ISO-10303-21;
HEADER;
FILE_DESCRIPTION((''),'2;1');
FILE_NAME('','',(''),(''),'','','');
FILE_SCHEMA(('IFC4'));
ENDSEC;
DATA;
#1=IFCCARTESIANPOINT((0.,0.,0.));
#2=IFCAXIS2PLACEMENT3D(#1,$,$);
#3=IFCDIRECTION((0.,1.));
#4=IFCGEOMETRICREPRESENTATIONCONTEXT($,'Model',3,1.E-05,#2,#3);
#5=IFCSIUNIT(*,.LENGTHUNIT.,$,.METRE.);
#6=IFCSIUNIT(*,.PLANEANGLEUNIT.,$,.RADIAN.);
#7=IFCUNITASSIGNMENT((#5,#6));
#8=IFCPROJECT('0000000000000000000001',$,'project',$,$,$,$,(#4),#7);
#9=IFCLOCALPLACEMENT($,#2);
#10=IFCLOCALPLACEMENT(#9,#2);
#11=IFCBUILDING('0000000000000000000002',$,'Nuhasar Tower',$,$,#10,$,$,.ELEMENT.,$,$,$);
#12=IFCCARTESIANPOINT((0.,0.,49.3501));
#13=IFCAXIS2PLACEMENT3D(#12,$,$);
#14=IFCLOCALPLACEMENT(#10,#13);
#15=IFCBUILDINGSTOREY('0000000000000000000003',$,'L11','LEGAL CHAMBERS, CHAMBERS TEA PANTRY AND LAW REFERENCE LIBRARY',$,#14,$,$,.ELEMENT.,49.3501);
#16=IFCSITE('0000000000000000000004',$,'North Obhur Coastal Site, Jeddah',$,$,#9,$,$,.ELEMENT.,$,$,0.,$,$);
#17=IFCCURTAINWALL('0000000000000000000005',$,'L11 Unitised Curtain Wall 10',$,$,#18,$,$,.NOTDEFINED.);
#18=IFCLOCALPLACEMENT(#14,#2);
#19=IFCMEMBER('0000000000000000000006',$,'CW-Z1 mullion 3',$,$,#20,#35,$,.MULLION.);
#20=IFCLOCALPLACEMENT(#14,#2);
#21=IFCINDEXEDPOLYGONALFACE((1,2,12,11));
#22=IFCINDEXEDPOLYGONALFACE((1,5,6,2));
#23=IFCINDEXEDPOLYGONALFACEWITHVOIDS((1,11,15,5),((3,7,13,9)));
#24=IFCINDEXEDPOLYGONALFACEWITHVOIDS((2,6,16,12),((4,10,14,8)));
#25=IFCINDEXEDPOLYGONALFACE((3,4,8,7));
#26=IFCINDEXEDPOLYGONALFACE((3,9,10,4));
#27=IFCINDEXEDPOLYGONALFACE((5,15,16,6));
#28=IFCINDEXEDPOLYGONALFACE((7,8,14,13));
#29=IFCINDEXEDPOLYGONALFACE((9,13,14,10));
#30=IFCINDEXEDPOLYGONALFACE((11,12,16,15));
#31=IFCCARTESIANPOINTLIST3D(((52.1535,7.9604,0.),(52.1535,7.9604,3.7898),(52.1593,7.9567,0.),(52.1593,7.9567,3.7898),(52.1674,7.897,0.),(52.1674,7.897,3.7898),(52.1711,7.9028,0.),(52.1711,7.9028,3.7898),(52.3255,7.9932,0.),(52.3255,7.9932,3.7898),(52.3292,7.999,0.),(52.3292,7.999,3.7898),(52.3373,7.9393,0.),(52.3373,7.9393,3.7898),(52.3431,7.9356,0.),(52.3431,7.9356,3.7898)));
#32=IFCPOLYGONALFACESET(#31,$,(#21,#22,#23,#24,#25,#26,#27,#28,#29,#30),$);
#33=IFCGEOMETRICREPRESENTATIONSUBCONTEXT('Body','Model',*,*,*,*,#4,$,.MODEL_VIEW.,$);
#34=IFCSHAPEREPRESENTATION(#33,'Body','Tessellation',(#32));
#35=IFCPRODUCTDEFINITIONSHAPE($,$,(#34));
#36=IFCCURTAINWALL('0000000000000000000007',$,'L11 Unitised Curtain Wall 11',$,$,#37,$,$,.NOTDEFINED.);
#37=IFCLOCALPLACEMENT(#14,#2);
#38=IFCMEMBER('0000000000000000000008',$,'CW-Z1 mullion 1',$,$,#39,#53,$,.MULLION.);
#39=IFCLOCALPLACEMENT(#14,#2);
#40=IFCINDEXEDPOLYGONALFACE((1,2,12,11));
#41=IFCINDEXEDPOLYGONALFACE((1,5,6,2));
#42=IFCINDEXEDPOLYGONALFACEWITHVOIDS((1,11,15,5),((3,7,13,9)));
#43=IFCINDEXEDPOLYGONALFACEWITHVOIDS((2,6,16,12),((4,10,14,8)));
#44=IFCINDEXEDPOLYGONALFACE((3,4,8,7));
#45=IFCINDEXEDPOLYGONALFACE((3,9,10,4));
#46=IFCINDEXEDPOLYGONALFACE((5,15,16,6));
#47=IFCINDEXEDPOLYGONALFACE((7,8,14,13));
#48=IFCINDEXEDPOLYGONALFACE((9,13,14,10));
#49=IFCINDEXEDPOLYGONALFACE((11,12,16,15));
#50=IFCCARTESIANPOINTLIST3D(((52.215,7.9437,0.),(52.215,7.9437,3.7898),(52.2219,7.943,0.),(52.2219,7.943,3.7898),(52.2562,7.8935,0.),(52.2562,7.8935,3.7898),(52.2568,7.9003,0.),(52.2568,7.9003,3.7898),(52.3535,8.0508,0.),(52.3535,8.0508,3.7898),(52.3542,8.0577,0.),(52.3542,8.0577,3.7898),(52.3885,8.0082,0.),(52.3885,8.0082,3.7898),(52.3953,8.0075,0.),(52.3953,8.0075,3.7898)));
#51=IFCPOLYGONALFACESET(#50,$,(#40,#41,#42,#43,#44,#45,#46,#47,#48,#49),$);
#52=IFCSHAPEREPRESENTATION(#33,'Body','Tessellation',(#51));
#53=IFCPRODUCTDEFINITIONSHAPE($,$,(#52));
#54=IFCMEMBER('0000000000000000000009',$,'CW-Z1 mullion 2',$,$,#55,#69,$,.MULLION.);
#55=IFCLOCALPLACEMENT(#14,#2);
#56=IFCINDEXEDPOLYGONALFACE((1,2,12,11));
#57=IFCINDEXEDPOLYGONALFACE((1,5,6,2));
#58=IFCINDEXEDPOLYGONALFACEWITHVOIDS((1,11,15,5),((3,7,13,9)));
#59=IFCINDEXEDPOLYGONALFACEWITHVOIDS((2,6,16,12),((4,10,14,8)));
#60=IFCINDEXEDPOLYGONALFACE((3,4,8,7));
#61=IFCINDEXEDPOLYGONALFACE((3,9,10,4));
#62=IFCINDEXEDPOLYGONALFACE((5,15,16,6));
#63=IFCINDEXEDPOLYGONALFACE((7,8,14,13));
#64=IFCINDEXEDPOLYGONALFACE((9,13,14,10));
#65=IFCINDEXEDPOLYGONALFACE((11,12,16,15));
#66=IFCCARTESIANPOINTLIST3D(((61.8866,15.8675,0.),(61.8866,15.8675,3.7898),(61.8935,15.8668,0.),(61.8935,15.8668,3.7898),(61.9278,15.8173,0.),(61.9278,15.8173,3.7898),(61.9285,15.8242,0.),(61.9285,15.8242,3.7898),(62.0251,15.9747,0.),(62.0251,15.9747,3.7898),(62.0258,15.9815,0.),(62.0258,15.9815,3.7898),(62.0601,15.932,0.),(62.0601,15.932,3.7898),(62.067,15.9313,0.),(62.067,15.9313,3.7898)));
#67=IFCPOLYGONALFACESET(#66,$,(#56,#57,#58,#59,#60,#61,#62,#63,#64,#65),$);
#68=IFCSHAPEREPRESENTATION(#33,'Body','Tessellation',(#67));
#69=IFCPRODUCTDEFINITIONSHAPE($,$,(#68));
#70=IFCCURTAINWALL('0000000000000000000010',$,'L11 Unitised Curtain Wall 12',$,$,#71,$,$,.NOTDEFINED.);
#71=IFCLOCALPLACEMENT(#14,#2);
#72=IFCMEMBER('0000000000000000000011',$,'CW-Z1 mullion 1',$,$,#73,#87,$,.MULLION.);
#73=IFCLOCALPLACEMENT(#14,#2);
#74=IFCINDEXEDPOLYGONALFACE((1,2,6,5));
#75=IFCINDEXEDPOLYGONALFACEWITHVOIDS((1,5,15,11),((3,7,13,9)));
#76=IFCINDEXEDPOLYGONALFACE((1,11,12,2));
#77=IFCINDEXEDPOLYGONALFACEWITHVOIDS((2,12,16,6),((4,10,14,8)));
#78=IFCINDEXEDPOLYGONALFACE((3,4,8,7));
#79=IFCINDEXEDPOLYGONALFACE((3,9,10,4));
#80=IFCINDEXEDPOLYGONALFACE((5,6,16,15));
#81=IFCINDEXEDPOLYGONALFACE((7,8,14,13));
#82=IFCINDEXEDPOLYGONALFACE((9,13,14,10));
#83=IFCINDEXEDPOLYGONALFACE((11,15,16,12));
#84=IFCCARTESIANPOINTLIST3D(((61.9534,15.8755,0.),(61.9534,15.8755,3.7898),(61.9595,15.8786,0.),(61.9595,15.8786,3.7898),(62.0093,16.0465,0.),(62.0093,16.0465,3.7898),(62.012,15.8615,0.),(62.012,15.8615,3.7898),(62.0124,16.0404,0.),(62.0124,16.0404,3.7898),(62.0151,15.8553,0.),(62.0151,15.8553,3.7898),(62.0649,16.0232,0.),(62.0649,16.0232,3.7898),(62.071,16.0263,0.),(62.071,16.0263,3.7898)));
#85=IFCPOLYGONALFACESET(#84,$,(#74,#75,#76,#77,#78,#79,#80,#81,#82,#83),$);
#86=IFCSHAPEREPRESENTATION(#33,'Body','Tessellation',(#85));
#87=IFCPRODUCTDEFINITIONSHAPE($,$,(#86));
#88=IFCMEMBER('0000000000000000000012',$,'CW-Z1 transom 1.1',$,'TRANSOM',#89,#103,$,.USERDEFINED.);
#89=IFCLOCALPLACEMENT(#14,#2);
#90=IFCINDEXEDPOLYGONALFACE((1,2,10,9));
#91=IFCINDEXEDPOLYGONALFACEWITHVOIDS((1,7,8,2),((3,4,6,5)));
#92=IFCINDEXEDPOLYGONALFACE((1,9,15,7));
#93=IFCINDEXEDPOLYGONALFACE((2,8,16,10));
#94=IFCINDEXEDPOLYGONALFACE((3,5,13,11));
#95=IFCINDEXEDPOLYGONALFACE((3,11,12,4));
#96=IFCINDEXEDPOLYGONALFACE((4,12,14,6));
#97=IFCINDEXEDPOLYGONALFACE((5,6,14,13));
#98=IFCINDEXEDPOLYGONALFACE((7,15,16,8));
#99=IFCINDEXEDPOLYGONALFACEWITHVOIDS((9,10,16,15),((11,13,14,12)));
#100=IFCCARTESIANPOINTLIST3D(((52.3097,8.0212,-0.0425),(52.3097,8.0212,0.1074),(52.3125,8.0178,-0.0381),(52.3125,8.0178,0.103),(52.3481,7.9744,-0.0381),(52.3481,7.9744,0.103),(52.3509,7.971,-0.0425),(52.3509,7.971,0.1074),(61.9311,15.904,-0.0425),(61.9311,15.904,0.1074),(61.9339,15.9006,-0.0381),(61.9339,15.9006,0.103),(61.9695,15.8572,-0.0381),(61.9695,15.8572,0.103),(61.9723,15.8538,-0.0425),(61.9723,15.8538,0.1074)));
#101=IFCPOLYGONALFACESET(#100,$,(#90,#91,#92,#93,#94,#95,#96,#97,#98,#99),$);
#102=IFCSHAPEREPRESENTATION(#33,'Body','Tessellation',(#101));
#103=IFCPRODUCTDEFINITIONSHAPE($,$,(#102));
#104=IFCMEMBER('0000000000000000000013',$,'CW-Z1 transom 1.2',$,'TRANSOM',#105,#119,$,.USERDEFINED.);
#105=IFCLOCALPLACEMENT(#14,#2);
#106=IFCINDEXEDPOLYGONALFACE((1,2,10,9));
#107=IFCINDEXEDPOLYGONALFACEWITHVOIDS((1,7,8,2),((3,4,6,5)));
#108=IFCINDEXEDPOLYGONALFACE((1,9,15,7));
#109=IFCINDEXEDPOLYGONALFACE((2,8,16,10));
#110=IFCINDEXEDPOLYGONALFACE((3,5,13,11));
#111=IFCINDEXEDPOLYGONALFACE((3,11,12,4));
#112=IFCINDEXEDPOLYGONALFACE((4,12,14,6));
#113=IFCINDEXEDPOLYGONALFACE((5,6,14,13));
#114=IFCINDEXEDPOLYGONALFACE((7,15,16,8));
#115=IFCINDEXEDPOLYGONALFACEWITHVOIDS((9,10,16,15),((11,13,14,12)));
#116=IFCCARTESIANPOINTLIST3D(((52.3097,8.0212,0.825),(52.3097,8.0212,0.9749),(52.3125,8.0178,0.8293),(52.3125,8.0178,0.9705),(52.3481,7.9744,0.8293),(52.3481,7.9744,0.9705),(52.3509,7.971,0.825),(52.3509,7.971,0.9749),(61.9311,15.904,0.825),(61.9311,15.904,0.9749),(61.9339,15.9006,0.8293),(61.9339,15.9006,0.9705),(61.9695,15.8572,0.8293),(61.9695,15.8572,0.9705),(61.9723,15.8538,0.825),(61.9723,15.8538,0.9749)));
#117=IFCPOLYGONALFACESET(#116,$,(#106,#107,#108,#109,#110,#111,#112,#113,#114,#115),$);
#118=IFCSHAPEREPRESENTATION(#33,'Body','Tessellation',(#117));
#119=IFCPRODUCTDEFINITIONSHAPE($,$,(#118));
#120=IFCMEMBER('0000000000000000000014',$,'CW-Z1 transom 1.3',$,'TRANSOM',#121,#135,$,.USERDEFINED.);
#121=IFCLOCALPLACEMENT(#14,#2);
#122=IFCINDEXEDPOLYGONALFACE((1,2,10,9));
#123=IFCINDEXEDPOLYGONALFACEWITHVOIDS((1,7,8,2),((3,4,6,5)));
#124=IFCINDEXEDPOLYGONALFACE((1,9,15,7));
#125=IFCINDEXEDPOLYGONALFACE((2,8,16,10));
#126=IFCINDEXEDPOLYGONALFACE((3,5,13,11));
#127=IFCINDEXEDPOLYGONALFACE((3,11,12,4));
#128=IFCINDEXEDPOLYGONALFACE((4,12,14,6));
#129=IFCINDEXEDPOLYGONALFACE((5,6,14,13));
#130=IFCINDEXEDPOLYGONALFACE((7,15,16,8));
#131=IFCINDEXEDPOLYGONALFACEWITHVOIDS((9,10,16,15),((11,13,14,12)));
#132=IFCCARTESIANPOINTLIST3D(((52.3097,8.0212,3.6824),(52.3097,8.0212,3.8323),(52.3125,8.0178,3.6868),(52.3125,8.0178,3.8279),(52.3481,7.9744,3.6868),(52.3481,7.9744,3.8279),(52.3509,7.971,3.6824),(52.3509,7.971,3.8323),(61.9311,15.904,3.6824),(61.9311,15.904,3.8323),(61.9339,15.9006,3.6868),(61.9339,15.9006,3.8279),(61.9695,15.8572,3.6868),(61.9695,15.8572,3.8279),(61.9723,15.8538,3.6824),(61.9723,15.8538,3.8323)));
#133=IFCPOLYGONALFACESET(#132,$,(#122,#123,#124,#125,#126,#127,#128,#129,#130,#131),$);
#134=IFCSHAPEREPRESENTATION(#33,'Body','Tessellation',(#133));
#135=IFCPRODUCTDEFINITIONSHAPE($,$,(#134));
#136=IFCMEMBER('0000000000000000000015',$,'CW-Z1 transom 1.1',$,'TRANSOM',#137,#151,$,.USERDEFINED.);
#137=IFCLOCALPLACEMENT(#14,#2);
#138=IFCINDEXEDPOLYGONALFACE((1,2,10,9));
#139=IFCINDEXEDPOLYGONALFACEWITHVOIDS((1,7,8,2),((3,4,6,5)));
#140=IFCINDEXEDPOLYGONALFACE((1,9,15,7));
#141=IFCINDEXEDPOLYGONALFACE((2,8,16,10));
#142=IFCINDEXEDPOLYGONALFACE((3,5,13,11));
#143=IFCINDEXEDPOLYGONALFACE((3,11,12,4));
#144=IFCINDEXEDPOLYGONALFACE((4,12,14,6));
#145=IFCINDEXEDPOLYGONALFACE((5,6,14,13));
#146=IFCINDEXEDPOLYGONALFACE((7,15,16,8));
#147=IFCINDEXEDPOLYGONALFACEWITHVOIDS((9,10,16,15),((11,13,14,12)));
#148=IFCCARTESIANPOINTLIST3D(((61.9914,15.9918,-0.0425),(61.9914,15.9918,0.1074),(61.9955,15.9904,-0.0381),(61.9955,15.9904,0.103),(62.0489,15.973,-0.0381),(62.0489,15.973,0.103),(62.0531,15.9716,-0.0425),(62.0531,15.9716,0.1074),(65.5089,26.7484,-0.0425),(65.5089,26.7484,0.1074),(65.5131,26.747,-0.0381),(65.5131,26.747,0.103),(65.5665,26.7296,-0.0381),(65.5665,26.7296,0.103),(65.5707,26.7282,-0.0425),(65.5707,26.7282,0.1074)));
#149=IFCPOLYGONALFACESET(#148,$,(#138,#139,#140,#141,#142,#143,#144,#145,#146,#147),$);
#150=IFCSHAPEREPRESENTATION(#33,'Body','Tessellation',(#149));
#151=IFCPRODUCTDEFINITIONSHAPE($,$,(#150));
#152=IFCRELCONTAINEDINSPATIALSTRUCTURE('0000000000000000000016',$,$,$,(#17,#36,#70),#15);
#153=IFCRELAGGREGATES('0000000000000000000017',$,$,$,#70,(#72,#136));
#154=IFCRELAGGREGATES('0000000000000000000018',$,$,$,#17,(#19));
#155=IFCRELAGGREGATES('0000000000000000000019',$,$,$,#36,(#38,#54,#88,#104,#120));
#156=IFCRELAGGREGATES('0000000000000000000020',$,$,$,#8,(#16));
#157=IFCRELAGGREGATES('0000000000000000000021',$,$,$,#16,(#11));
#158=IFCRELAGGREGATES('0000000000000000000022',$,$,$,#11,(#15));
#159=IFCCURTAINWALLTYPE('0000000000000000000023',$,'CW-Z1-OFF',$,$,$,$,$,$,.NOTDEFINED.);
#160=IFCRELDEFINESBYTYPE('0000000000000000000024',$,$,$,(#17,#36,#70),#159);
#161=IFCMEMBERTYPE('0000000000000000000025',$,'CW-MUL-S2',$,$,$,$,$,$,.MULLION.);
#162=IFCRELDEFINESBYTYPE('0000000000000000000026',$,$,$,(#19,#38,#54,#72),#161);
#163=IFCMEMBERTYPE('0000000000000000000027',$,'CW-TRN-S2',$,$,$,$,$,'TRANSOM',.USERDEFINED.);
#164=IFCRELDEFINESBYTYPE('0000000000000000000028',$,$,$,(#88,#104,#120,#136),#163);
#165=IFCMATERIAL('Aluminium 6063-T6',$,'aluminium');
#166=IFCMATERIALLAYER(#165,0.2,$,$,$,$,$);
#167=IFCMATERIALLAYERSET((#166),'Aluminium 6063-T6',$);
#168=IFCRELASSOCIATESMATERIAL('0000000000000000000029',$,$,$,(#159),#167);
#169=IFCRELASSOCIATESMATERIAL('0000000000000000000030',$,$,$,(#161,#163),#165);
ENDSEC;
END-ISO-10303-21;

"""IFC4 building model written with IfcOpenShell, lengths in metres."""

from ifc_helpers import new_model, si_unit, direction, frame, origin, origin_2d, place, context, subcontext, project, spatial, hollow_rectangle, extrude, material, layer, layer_set, material_profile, profile_set, type_object, element, aggregate, save


model = new_model("IFC4")

# Units and contexts
model_context = context("Model", 3, precision=1e-05, world=origin(), true_north=direction((0.0, 1.0)))
body_context = subcontext(model_context, "Body", "Model", "MODEL_VIEW")
ifc_project = project(units=[si_unit("LENGTHUNIT", "METRE"), si_unit("PLANEANGLEUNIT", "RADIAN")], contexts=[model_context])

# Site, building, storey
site_placement = place(None, origin())
site = spatial("IfcSite", under=ifc_project, at=site_placement, Name="North Obhur Coastal Site, Jeddah", CompositionType="ELEMENT", RefElevation=0.0)
building_placement = place(site_placement, origin())
building = spatial("IfcBuilding", under=site, at=building_placement, Name="Nuhasar Tower", CompositionType="ELEMENT")
storey_placement = place(building_placement, frame((0.0, 0.0, 49.3501)))
storey = spatial("IfcBuildingStorey", under=building, at=storey_placement, Name="L11", Description="LEGAL CHAMBERS, CHAMBERS TEA PANTRY AND LAW REFERENCE LIBRARY", CompositionType="ELEMENT", Elevation=49.3501)

# Curtain wall, member
ifc_material_1 = material(Name="Aluminium 6063-T6", Category="aluminium")
ifc_layer_1 = layer(ifc_material_1, 0.2)
ifc_layer_set_1 = layer_set([ifc_layer_1], Name="Aluminium 6063-T6")
curtain_wall_type = type_object("IfcCurtainWallType", Name="CW-Z1-OFF", PredefinedType="NOTDEFINED", material=ifc_layer_set_1)
curtain_wall_1_placement = place(storey_placement, origin())
curtain_wall_1 = element("IfcCurtainWall", 1, at=curtain_wall_1_placement, inside=storey, type_object=curtain_wall_type, Name="L11 Unitised Curtain Wall 10", PredefinedType="NOTDEFINED")
ifc_material_profile_1 = material_profile(ifc_material_1, hollow_rectangle(XDim=0.0649, YDim=0.1799, WallThickness=0.0049, at=origin_2d()), Name="CWM-2")
ifc_profile_set_1 = profile_set([ifc_material_profile_1], Name="Aluminium 6063-T6")
member_type_1 = type_object("IfcMemberType", Name="CW-MUL-S2", PredefinedType="MULLION", material=ifc_profile_set_1)
member_1_placement = place(storey_placement, frame((52.2483, 7.948, 0.0), z_axis=(0.0, 0.0, 1.0), x_axis=(-0.214399, 0.976746, 0.0)))
member_1 = element("IfcMember", 2, at=member_1_placement, type_object=member_type_1, Name="CW-Z1 mullion 3", PredefinedType="MULLION", context=body_context, shape_type="SweptSolid", body=[
    extrude(hollow_rectangle(XDim=0.0649, YDim=0.1799, WallThickness=0.0049, at=origin_2d()), origin(), (0.0, 0.0, 1.0), 3.7898),
])

# Curtain wall, members
curtain_wall_2_placement = place(storey_placement, origin())
curtain_wall_2 = element("IfcCurtainWall", 3, at=curtain_wall_2_placement, inside=storey, type_object=curtain_wall_type, Name="L11 Unitised Curtain Wall 11", PredefinedType="NOTDEFINED")
member_2_placement = place(storey_placement, frame((52.3052, 7.9756, 0.0), z_axis=(0.0, 0.0, 1.0), x_axis=(-0.633745, 0.773542, 0.0)))
member_2 = element("IfcMember", 4, at=member_2_placement, type_object=member_type_1, Name="CW-Z1 mullion 1", PredefinedType="MULLION", context=body_context, shape_type="SweptSolid", body=[
    extrude(hollow_rectangle(XDim=0.0649, YDim=0.1799, WallThickness=0.0049, at=origin_2d()), origin(), (0.0, 0.0, 1.0), 3.7898),
])
member_3_placement = place(storey_placement, frame((61.9768, 15.8994, 0.0), z_axis=(0.0, 0.0, 1.0), x_axis=(-0.633745, 0.773542, 0.0)))
member_3 = element("IfcMember", 5, at=member_3_placement, type_object=member_type_1, Name="CW-Z1 mullion 2", PredefinedType="MULLION", context=body_context, shape_type="SweptSolid", body=[
    extrude(hollow_rectangle(XDim=0.0649, YDim=0.1799, WallThickness=0.0049, at=origin_2d()), origin(), (0.0, 0.0, 1.0), 3.7898),
])

# Curtain wall, member
curtain_wall_3_placement = place(storey_placement, origin())
curtain_wall_3 = element("IfcCurtainWall", 6, at=curtain_wall_3_placement, inside=storey, type_object=curtain_wall_type, Name="L11 Unitised Curtain Wall 12", PredefinedType="NOTDEFINED")
member_4_placement = place(storey_placement, frame((62.0122, 15.9509, 0.0), z_axis=(0.0, 0.0, 1.0), x_axis=(-0.950468, 0.310824, 0.0)))
member_4 = element("IfcMember", 7, at=member_4_placement, type_object=member_type_1, Name="CW-Z1 mullion 1", PredefinedType="MULLION", context=body_context, shape_type="SweptSolid", body=[
    extrude(hollow_rectangle(XDim=0.0649, YDim=0.1799, WallThickness=0.0049, at=origin_2d()), origin(), (0.0, 0.0, 1.0), 3.7898),
])

# Members
ifc_material_profile_2 = material_profile(ifc_material_1, hollow_rectangle(XDim=0.0649, YDim=0.1499, WallThickness=0.0044, at=origin_2d()), Name="CWT-2")
ifc_profile_set_2 = profile_set([ifc_material_profile_2], Name="Aluminium 6063-T6")
member_type_2 = type_object("IfcMemberType", Name="CW-TRN-S2", ElementType="TRANSOM", PredefinedType="USERDEFINED", material=ifc_profile_set_2)
member_5_placement = place(storey_placement, frame((52.3303, 7.9961, 0.0325), z_axis=(0.773531, 0.633758, 0.0), x_axis=(-0.633758, 0.773531, 0.0)))
member_5 = element("IfcMember", 8, at=member_5_placement, type_object=member_type_2, Name="CW-Z1 transom 1.1", ObjectType="TRANSOM", PredefinedType="USERDEFINED", context=body_context, shape_type="SweptSolid", body=[
    extrude(hollow_rectangle(XDim=0.0649, YDim=0.1499, WallThickness=0.0044, at=origin_2d()), origin(), (0.0, 0.0, 1.0), 12.4382),
])
member_6_placement = place(storey_placement, frame((52.3303, 7.9961, 0.8999), z_axis=(0.773531, 0.633758, 0.0), x_axis=(-0.633758, 0.773531, 0.0)))
member_6 = element("IfcMember", 9, at=member_6_placement, type_object=member_type_2, Name="CW-Z1 transom 1.2", ObjectType="TRANSOM", PredefinedType="USERDEFINED", context=body_context, shape_type="SweptSolid", body=[
    extrude(hollow_rectangle(XDim=0.0649, YDim=0.1499, WallThickness=0.0044, at=origin_2d()), origin(), (0.0, 0.0, 1.0), 12.4382),
])
member_7_placement = place(storey_placement, frame((52.3303, 7.9961, 3.7573), z_axis=(0.773531, 0.633758, 0.0), x_axis=(-0.633758, 0.773531, 0.0)))
member_7 = element("IfcMember", 10, at=member_7_placement, type_object=member_type_2, Name="CW-Z1 transom 1.3", ObjectType="TRANSOM", PredefinedType="USERDEFINED", context=body_context, shape_type="SweptSolid", body=[
    extrude(hollow_rectangle(XDim=0.0649, YDim=0.1499, WallThickness=0.0044, at=origin_2d()), origin(), (0.0, 0.0, 1.0), 12.4382),
])
member_8_placement = place(storey_placement, frame((62.0222, 15.9817, 0.0325), z_axis=(0.310819, 0.950469, 0.0), x_axis=(-0.950469, 0.310819, 0.0)))
member_8 = element("IfcMember", 11, at=member_8_placement, type_object=member_type_2, Name="CW-Z1 transom 1.1", ObjectType="TRANSOM", PredefinedType="USERDEFINED", context=body_context, shape_type="SweptSolid", body=[
    extrude(hollow_rectangle(XDim=0.0649, YDim=0.1499, WallThickness=0.0044, at=origin_2d()), origin(), (0.0, 0.0, 1.0), 11.3171),
])
aggregate(curtain_wall_3, [member_4, member_8])

aggregate(curtain_wall_1, [member_1])
aggregate(curtain_wall_2, [member_2, member_3, member_5, member_6, member_7])

save(model, "model.ifc")
